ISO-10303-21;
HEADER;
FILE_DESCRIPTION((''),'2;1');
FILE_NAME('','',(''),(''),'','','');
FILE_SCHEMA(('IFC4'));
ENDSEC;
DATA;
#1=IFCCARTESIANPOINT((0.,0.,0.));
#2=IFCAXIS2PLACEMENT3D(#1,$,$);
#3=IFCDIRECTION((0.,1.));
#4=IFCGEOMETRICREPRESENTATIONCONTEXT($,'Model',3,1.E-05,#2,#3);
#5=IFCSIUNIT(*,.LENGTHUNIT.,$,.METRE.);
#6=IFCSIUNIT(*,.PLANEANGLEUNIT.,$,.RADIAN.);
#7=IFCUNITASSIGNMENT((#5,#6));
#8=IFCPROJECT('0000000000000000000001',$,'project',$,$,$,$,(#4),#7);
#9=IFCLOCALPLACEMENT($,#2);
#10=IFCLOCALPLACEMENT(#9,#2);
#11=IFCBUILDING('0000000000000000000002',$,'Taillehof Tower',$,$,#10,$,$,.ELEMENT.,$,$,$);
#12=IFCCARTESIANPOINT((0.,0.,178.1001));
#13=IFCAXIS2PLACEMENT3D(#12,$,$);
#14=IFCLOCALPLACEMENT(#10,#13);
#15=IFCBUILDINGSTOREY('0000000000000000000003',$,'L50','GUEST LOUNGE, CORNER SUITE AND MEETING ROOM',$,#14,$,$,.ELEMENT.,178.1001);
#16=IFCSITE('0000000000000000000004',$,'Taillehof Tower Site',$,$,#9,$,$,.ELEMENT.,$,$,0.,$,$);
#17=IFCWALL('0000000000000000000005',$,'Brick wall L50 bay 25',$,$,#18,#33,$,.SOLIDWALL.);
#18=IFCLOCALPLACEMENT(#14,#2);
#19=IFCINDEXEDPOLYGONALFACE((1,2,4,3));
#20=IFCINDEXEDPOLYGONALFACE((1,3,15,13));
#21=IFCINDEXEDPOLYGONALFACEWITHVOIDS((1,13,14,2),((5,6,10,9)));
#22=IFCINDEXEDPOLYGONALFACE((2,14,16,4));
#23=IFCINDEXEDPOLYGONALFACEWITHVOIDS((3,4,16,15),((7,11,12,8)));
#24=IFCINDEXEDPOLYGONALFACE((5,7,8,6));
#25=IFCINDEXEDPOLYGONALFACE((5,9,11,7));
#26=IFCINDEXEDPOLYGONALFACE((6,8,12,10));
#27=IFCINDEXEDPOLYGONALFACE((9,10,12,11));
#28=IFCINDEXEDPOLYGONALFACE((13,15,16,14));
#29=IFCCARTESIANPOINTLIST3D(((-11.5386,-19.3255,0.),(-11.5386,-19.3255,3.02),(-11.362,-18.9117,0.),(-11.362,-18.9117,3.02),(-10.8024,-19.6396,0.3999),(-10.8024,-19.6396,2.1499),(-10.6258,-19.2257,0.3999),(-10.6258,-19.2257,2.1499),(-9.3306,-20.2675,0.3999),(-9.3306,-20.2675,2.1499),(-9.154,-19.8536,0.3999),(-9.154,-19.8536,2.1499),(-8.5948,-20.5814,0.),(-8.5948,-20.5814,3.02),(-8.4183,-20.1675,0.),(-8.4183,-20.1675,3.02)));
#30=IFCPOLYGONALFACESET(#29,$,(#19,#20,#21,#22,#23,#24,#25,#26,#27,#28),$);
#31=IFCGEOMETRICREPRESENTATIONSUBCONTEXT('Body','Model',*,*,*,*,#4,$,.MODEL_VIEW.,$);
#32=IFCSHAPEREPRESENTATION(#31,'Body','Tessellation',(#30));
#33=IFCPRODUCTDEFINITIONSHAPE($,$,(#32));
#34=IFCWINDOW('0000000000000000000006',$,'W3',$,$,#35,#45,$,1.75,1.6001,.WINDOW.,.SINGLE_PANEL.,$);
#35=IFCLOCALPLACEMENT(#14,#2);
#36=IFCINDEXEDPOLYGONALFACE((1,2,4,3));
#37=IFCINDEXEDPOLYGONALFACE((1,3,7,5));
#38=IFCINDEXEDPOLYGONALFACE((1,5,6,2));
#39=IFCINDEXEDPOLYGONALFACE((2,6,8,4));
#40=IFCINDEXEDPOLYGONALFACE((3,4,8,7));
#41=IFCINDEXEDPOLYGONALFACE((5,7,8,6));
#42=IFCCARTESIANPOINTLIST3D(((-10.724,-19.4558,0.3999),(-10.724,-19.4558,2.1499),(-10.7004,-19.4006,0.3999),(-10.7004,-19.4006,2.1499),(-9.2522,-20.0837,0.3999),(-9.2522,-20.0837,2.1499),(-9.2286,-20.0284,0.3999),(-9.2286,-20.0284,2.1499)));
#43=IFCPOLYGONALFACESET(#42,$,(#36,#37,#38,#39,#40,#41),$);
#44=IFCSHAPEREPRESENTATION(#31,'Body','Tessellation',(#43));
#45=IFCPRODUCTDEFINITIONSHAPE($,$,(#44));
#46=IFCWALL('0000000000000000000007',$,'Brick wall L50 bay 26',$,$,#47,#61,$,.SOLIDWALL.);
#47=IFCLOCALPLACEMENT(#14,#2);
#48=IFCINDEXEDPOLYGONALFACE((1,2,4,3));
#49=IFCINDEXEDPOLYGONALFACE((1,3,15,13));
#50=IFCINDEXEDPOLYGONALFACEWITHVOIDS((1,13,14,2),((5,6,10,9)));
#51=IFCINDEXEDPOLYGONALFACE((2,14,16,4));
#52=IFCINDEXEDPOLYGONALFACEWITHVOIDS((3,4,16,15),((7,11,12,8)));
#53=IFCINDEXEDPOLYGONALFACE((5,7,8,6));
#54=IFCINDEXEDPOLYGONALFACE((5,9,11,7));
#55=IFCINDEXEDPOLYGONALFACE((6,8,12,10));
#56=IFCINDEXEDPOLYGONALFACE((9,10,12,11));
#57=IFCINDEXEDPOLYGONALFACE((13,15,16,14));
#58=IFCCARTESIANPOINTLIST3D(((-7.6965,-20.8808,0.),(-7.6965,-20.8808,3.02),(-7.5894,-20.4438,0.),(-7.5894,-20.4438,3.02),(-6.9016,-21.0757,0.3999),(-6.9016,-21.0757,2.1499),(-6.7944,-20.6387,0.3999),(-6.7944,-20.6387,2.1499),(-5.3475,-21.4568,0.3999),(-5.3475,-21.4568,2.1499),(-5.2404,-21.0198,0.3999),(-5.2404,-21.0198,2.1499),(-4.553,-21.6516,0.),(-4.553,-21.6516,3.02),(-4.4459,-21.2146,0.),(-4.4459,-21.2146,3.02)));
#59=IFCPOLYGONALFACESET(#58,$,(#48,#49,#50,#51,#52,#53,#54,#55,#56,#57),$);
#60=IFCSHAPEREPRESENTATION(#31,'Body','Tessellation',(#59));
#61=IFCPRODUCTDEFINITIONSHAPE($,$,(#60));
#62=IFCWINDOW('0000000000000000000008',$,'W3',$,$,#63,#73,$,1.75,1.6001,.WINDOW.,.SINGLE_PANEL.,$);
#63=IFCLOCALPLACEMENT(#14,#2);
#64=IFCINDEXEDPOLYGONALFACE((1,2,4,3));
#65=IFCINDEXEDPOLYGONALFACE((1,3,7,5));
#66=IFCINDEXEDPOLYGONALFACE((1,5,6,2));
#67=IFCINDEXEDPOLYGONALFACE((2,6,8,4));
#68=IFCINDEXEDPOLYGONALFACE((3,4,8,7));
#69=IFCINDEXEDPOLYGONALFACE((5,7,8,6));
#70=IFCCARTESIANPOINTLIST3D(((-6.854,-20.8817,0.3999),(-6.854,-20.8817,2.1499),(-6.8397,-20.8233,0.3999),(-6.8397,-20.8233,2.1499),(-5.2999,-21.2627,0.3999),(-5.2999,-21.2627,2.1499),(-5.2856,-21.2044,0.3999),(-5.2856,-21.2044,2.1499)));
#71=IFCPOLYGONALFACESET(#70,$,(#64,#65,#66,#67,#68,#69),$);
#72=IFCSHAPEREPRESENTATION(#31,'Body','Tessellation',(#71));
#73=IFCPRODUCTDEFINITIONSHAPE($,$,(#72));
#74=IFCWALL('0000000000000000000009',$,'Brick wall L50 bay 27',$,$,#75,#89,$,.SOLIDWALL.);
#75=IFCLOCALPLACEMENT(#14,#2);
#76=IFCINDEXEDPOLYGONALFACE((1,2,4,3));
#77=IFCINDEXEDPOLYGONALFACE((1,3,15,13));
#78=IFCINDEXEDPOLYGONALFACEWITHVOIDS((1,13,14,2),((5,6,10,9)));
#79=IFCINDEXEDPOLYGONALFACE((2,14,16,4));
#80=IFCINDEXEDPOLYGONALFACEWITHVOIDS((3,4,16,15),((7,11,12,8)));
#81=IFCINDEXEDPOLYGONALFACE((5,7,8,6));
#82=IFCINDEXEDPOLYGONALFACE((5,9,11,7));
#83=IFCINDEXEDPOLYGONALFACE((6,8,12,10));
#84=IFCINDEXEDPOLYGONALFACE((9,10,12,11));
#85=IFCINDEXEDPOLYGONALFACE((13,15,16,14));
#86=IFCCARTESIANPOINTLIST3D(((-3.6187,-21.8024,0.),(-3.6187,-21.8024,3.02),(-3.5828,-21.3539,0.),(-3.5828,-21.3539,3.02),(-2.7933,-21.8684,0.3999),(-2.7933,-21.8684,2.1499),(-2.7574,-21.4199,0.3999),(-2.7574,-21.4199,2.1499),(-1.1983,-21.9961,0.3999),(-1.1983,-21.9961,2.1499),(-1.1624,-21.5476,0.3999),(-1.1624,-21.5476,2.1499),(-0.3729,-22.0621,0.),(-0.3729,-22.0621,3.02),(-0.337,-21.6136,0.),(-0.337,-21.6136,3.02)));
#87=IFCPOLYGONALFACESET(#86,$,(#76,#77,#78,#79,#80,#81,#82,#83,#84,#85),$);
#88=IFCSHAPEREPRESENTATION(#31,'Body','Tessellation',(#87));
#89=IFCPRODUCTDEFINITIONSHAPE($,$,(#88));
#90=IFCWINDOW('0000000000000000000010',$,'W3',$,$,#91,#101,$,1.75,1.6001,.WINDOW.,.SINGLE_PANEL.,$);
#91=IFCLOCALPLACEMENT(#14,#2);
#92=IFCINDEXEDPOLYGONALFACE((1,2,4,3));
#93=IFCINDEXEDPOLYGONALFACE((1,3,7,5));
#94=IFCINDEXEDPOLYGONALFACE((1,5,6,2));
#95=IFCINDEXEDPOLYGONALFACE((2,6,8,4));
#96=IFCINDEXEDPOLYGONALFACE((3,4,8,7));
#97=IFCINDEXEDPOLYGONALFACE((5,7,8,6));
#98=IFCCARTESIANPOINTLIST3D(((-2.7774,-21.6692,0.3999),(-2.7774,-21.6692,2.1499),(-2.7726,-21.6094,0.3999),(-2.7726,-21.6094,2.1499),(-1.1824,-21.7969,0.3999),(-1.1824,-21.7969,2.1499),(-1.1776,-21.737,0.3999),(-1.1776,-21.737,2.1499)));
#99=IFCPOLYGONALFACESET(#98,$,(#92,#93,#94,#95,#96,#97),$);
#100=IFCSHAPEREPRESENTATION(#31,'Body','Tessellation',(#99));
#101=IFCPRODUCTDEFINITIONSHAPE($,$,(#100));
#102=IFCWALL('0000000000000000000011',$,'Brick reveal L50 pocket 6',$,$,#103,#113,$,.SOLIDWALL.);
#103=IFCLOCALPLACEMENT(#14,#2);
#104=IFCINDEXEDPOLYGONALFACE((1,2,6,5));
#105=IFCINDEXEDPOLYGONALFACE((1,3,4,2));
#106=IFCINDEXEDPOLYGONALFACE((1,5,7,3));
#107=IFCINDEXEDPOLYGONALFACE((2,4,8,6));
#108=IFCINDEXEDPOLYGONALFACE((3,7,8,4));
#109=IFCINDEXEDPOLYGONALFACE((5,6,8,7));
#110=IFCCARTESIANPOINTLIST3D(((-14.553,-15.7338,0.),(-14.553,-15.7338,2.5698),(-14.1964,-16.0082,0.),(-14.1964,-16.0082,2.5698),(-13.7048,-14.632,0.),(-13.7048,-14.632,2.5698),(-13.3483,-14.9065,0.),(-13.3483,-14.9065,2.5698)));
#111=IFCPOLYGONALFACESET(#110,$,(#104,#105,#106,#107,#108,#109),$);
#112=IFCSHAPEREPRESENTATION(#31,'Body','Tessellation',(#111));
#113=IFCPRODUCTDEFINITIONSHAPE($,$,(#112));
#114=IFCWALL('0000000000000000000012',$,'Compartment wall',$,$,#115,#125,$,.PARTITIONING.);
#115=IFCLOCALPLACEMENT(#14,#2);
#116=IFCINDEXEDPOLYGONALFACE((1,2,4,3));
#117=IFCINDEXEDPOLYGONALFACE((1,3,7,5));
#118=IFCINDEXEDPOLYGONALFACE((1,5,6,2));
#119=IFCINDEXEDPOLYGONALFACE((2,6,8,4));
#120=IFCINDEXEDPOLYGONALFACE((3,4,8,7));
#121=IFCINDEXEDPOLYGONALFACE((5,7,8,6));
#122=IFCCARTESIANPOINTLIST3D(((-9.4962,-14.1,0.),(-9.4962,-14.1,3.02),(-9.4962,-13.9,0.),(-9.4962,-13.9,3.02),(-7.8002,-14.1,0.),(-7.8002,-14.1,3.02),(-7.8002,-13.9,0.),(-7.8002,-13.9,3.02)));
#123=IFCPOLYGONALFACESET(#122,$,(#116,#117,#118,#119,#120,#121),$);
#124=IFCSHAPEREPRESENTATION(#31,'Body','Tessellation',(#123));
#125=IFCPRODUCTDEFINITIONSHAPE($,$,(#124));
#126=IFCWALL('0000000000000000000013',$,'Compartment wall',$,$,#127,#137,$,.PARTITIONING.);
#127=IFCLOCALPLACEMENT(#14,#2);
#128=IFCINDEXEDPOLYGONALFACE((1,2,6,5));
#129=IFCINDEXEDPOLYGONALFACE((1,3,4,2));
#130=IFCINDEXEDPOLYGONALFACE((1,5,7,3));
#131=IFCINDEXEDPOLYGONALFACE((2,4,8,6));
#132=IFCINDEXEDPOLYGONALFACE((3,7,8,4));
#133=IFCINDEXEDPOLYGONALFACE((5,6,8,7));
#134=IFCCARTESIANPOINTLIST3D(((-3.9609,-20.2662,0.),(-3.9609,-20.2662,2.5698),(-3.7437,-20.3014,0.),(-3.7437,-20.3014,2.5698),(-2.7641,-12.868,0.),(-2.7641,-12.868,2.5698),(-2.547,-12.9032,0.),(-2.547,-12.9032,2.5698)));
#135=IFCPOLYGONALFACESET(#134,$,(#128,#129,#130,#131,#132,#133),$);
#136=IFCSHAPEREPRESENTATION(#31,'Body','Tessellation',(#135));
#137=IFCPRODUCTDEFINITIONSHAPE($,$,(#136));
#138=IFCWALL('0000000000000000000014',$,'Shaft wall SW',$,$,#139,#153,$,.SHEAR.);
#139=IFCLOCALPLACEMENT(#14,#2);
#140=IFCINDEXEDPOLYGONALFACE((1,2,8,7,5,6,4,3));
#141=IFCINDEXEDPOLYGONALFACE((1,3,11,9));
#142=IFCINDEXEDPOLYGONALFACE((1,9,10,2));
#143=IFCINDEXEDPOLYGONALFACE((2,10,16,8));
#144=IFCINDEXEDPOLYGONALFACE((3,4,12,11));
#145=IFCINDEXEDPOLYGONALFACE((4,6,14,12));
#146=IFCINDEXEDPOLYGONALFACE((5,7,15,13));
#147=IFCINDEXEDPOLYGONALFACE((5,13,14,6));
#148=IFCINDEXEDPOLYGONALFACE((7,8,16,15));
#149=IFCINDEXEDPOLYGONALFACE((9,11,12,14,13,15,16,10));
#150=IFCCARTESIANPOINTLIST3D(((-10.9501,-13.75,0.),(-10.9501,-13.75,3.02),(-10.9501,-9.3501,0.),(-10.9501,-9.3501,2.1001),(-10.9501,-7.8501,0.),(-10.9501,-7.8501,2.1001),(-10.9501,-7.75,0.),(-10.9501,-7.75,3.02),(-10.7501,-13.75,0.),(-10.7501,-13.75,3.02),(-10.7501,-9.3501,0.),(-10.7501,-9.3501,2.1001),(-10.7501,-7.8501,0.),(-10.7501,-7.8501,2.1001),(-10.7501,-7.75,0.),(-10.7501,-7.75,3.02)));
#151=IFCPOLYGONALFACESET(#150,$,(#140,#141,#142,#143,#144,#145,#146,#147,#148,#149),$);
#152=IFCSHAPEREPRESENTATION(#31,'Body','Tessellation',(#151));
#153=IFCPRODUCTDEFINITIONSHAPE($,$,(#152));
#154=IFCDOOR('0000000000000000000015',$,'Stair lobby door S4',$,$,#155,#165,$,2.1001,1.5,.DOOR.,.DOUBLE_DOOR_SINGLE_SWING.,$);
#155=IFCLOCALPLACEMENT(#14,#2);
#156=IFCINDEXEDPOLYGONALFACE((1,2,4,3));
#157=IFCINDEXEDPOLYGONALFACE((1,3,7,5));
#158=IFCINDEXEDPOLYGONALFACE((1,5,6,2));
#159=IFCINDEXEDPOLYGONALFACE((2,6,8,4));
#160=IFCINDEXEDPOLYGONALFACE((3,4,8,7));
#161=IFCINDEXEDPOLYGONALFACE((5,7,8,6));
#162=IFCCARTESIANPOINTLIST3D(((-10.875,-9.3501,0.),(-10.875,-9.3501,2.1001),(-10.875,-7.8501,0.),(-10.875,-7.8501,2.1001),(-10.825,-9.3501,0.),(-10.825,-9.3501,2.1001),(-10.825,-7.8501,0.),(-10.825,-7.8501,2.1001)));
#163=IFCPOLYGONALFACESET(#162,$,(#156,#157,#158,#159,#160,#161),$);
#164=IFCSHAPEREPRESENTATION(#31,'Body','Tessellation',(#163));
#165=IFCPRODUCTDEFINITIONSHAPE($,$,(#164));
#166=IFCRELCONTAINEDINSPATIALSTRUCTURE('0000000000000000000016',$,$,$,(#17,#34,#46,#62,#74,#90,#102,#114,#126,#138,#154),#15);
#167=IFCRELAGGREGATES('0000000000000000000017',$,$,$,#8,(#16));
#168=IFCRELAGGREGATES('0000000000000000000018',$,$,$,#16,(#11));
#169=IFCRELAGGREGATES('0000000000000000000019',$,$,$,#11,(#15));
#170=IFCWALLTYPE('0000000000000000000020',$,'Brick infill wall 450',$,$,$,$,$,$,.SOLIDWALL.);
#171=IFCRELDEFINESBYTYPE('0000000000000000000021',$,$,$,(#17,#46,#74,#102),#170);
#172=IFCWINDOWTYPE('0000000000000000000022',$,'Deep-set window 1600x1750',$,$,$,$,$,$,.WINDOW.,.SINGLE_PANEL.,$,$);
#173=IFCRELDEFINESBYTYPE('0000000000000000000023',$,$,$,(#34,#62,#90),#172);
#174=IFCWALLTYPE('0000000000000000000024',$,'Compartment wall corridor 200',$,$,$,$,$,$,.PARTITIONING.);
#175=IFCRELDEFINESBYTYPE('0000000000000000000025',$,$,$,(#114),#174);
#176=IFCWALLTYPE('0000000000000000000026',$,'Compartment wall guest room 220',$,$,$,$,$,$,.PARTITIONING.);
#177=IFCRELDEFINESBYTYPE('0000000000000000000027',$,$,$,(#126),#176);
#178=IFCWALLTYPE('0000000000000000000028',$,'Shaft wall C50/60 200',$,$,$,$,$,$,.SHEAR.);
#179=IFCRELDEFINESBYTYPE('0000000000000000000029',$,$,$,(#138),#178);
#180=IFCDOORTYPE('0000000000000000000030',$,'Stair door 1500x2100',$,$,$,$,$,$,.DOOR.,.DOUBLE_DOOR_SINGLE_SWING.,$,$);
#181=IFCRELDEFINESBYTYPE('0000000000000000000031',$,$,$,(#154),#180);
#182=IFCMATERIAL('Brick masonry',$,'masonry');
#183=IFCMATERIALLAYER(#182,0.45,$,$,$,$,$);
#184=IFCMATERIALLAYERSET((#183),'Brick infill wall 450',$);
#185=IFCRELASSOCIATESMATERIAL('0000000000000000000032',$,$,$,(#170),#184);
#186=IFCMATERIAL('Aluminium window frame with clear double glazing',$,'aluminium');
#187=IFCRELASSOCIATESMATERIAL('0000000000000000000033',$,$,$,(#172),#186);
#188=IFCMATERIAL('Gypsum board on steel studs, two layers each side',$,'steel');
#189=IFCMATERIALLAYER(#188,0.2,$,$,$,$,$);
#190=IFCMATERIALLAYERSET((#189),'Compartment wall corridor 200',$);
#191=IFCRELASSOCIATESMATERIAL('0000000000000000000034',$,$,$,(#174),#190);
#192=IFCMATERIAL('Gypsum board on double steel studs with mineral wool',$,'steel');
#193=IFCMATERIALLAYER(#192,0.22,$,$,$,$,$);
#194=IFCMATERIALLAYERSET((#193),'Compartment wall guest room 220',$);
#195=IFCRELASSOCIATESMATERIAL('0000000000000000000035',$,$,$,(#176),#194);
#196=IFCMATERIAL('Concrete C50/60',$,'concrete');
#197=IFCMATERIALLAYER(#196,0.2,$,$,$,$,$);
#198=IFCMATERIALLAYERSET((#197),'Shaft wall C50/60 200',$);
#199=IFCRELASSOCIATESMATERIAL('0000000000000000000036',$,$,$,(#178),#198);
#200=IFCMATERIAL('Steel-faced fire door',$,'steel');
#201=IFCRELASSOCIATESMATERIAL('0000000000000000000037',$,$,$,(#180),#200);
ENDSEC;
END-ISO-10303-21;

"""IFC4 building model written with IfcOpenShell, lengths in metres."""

from ifc_helpers import new_model, si_unit, direction, frame, frame_2d, origin, place, context, subcontext, project, spatial, rectangle, extrude, material, layer, layer_set, type_object, element, fill, save


model = new_model("IFC4")

# Units and contexts
model_context = context("Model", 3, precision=1e-05, world=origin(), true_north=direction((0.0, 1.0)))
body_context = subcontext(model_context, "Body", "Model", "MODEL_VIEW")
ifc_project = project(units=[si_unit("LENGTHUNIT", "METRE"), si_unit("PLANEANGLEUNIT", "RADIAN")], contexts=[model_context])

# Site, building, storey
site_placement = place(None, origin())
site = spatial("IfcSite", under=ifc_project, at=site_placement, Name="Taillehof Tower Site", CompositionType="ELEMENT", RefElevation=0.0)
building_placement = place(site_placement, origin())
building = spatial("IfcBuilding", under=site, at=building_placement, Name="Taillehof Tower", CompositionType="ELEMENT")
storey_placement = place(building_placement, frame((0.0, 0.0, 178.1001)))
storey = spatial("IfcBuildingStorey", under=building, at=storey_placement, Name="L50", Description="GUEST LOUNGE, CORNER SUITE AND MEETING ROOM", CompositionType="ELEMENT", Elevation=178.1001)

# Walls, openings, windows
ifc_material_1 = material(Name="Brick masonry", Category="masonry")
ifc_layer_1 = layer(ifc_material_1, 0.45)
ifc_layer_set_1 = layer_set([ifc_layer_1], Name="Brick infill wall 450")
wall_type_1 = type_object("IfcWallType", Name="Brick infill wall 450", PredefinedType="SOLIDWALL", material=ifc_layer_set_1)
wall_1_placement = place(storey_placement, frame((-11.4502, -19.1187, 0.0), z_axis=(0.0, 0.0, 1.0), x_axis=(0.919799, -0.39239, 0.0)))
wall_1 = element("IfcWall", 1, at=wall_1_placement, inside=storey, type_object=wall_type_1, Name="Brick wall L50 bay 25", PredefinedType="SOLIDWALL", context=body_context, shape_type="SweptSolid", body=[
    extrude(rectangle(XDim=3.2004, YDim=0.45, at=frame_2d((1.6001, 0.0))), origin(), (0.0, 0.0, 1.0), 3.02),
])
opening_1_placement = place(wall_1_placement, frame((0.8003, 0.0, 0.3999)))
opening_1 = element("IfcOpeningElement", 2, at=opening_1_placement, cuts=wall_1, PredefinedType="OPENING", context=body_context, shape_type="SweptSolid", body=[
    extrude(rectangle(XDim=1.6001, YDim=1.75, at=frame_2d((0.8, 0.875))), frame((0.0, 0.2349, 0.0), z_axis=(0.0, -1.0, 0.0), x_axis=(1.0, 0.0, 0.0)), (0.0, 0.0, 1.0), 0.47),
])
ifc_material_2 = material(Name="Aluminium window frame with clear double glazing", Category="aluminium")
window_type = type_object("IfcWindowType", Name="Deep-set window 1600x1750", PartitioningType="SINGLE_PANEL", PredefinedType="WINDOW", material=ifc_material_2)
window_1_placement = place(opening_1_placement, origin())
window_1 = element("IfcWindow", 3, at=window_1_placement, inside=storey, type_object=window_type, Name="W3", OverallHeight=1.75, OverallWidth=1.6001, PartitioningType="SINGLE_PANEL", PredefinedType="WINDOW", context=body_context, shape_type="SweptSolid", body=[
    extrude(rectangle(XDim=1.6001, YDim=1.75, at=frame_2d((0.8, 0.875))), frame((0.0, 0.0349, 0.0), z_axis=(0.0, -1.0, 0.0), x_axis=(1.0, 0.0, 0.0)), (0.0, 0.0, 1.0), 0.0601),
])
fill(opening_1, window_1)
wall_2_placement = place(storey_placement, frame((-7.6428, -20.6624, 0.0), z_axis=(0.0, 0.0, 1.0), x_axis=(0.971233, -0.238132, 0.0)))
wall_2 = element("IfcWall", 4, at=wall_2_placement, inside=storey, type_object=wall_type_1, Name="Brick wall L50 bay 26", PredefinedType="SOLIDWALL", context=body_context, shape_type="SweptSolid", body=[
    extrude(rectangle(XDim=3.2366, YDim=0.45, at=frame_2d((1.6182, 0.0))), origin(), (0.0, 0.0, 1.0), 3.02),
])
opening_2_placement = place(wall_2_placement, frame((0.8184, 0.0, 0.3999)))
opening_2 = element("IfcOpeningElement", 5, at=opening_2_placement, cuts=wall_2, PredefinedType="OPENING", context=body_context, shape_type="SweptSolid", body=[
    extrude(rectangle(XDim=1.6001, YDim=1.75, at=frame_2d((0.8, 0.875))), frame((0.0, 0.2349, 0.0), z_axis=(0.0, -1.0, 0.0), x_axis=(1.0, 0.0, 0.0)), (0.0, 0.0, 1.0), 0.47),
])
window_2_placement = place(opening_2_placement, origin())
window_2 = element("IfcWindow", 6, at=window_2_placement, inside=storey, type_object=window_type, Name="W3", OverallHeight=1.75, OverallWidth=1.6001, PartitioningType="SINGLE_PANEL", PredefinedType="WINDOW", context=body_context, shape_type="SweptSolid", body=[
    extrude(rectangle(XDim=1.6001, YDim=1.75, at=frame_2d((0.8, 0.875))), frame((0.0, 0.0349, 0.0), z_axis=(0.0, -1.0, 0.0), x_axis=(1.0, 0.0, 0.0)), (0.0, 0.0, 1.0), 0.0601),
])
fill(opening_2, window_2)
wall_3_placement = place(storey_placement, frame((-3.6006, -21.5781, 0.0), z_axis=(0.0, 0.0, 1.0), x_axis=(0.996812, -0.079781, 0.0)))
wall_3 = element("IfcWall", 7, at=wall_3_placement, inside=storey, type_object=wall_type_1, Name="Brick wall L50 bay 27", PredefinedType="SOLIDWALL", context=body_context, shape_type="SweptSolid", body=[
    extrude(rectangle(XDim=3.2561, YDim=0.45, at=frame_2d((1.6279, 0.0))), origin(), (0.0, 0.0, 1.0), 3.02),
])
opening_3_placement = place(wall_3_placement, frame((0.8279, 0.0, 0.3999)))
opening_3 = element("IfcOpeningElement", 8, at=opening_3_placement, cuts=wall_3, PredefinedType="OPENING", context=body_context, shape_type="SweptSolid", body=[
    extrude(rectangle(XDim=1.6001, YDim=1.75, at=frame_2d((0.8, 0.875))), frame((0.0, 0.2349, 0.0), z_axis=(0.0, -1.0, 0.0), x_axis=(1.0, 0.0, 0.0)), (0.0, 0.0, 1.0), 0.47),
])
window_3_placement = place(opening_3_placement, origin())
window_3 = element("IfcWindow", 9, at=window_3_placement, inside=storey, type_object=window_type, Name="W3", OverallHeight=1.75, OverallWidth=1.6001, PartitioningType="SINGLE_PANEL", PredefinedType="WINDOW", context=body_context, shape_type="SweptSolid", body=[
    extrude(rectangle(XDim=1.6001, YDim=1.75, at=frame_2d((0.8, 0.875))), frame((0.0, 0.0349, 0.0), z_axis=(0.0, -1.0, 0.0), x_axis=(1.0, 0.0, 0.0)), (0.0, 0.0, 1.0), 0.0601),
])
fill(opening_3, window_3)

# Walls
wall_4_placement = place(storey_placement, frame((-14.3748, -15.8711, 0.0), z_axis=(0.0, 0.0, 1.0), x_axis=(0.609982, 0.792415, 0.0)))
element("IfcWall", 10, at=wall_4_placement, inside=storey, type_object=wall_type_1, Name="Brick reveal L50 pocket 6", PredefinedType="SOLIDWALL", context=body_context, shape_type="SweptSolid", body=[
    extrude(rectangle(XDim=1.3904, YDim=0.45, at=frame_2d((0.6953, 0.0))), origin(), (0.0, 0.0, 1.0), 2.5698),
])
ifc_material_3 = material(Name="Gypsum board on steel studs, two layers each side", Category="steel")
ifc_layer_2 = layer(ifc_material_3, 0.2)
ifc_layer_set_2 = layer_set([ifc_layer_2], Name="Compartment wall corridor 200")
wall_type_2 = type_object("IfcWallType", Name="Compartment wall corridor 200", PredefinedType="PARTITIONING", material=ifc_layer_set_2)
wall_5_placement = place(storey_placement, frame((-7.8, -14.0, 0.0), z_axis=(0.0, 0.0, 1.0), x_axis=(-1.0, 0.0, 0.0)))
element("IfcWall", 11, at=wall_5_placement, inside=storey, type_object=wall_type_2, Name="Compartment wall", PredefinedType="PARTITIONING", context=body_context, shape_type="SweptSolid", body=[
    extrude(rectangle(XDim=1.696, YDim=0.2, at=frame_2d((0.8481, 0.0))), origin(), (0.0, 0.0, 1.0), 3.02),
])
ifc_material_4 = material(Name="Gypsum board on double steel studs with mineral wool", Category="steel")
ifc_layer_3 = layer(ifc_material_4, 0.22)
ifc_layer_set_3 = layer_set([ifc_layer_3], Name="Compartment wall guest room 220")
wall_type_3 = type_object("IfcWallType", Name="Compartment wall guest room 220", PredefinedType="PARTITIONING", material=ifc_layer_set_3)
wall_6_placement = place(storey_placement, frame((-3.8523, -20.2837, 0.0), z_axis=(0.0, 0.0, 1.0), x_axis=(0.15969, 0.987167, 0.0)))
element("IfcWall", 12, at=wall_6_placement, inside=storey, type_object=wall_type_3, Name="Compartment wall", PredefinedType="PARTITIONING", context=body_context, shape_type="SweptSolid", body=[
    extrude(rectangle(XDim=7.4944, YDim=0.22, at=frame_2d((3.7471, 0.0))), origin(), (0.0, 0.0, 1.0), 2.5698),
])

# Wall, opening, door
ifc_material_5 = material(Name="Concrete C50/60", Category="concrete")
ifc_layer_4 = layer(ifc_material_5, 0.2)
ifc_layer_set_4 = layer_set([ifc_layer_4], Name="Shaft wall C50/60 200")
wall_type_4 = type_object("IfcWallType", Name="Shaft wall C50/60 200", PredefinedType="SHEAR", material=ifc_layer_set_4)
wall_7_placement = place(storey_placement, frame((-10.8501, -13.75, 0.0), z_axis=(0.0, 0.0, 1.0), x_axis=(0.0, 1.0, 0.0)))
wall_7 = element("IfcWall", 13, at=wall_7_placement, inside=storey, type_object=wall_type_4, Name="Shaft wall SW", PredefinedType="SHEAR", context=body_context, shape_type="SweptSolid", body=[
    extrude(rectangle(XDim=6.0, YDim=0.2, at=frame_2d((3.0, 0.0))), origin(), (0.0, 0.0, 1.0), 3.02),
])
opening_4_placement = place(wall_7_placement, frame((4.3999, 0.0, 0.0)))
opening_4 = element("IfcOpeningElement", 14, at=opening_4_placement, cuts=wall_7, PredefinedType="OPENING", context=body_context, shape_type="SweptSolid", body=[
    extrude(rectangle(XDim=1.5, YDim=2.1001, at=frame_2d((0.75, 1.05))), frame((0.0, 0.1099, 0.0), z_axis=(0.0, -1.0, 0.0), x_axis=(1.0, 0.0, 0.0)), (0.0, 0.0, 1.0), 0.22),
])
ifc_material_6 = material(Name="Steel-faced fire door", Category="steel")
door_type = type_object("IfcDoorType", Name="Stair door 1500x2100", OperationType="DOUBLE_DOOR_SINGLE_SWING", PredefinedType="DOOR", material=ifc_material_6)
door_placement = place(opening_4_placement, origin())
door = element("IfcDoor", 15, at=door_placement, inside=storey, type_object=door_type, Name="Stair lobby door S4", OperationType="DOUBLE_DOOR_SINGLE_SWING", OverallHeight=2.1001, OverallWidth=1.5, PredefinedType="DOOR", context=body_context, shape_type="SweptSolid", body=[
    extrude(rectangle(XDim=1.5, YDim=2.1001, at=frame_2d((0.75, 1.05))), frame((0.0, 0.0249, 0.0), z_axis=(0.0, -1.0, 0.0), x_axis=(1.0, 0.0, 0.0)), (0.0, 0.0, 1.0), 0.05),
])
fill(opening_4, door)

save(model, "model.ifc")
